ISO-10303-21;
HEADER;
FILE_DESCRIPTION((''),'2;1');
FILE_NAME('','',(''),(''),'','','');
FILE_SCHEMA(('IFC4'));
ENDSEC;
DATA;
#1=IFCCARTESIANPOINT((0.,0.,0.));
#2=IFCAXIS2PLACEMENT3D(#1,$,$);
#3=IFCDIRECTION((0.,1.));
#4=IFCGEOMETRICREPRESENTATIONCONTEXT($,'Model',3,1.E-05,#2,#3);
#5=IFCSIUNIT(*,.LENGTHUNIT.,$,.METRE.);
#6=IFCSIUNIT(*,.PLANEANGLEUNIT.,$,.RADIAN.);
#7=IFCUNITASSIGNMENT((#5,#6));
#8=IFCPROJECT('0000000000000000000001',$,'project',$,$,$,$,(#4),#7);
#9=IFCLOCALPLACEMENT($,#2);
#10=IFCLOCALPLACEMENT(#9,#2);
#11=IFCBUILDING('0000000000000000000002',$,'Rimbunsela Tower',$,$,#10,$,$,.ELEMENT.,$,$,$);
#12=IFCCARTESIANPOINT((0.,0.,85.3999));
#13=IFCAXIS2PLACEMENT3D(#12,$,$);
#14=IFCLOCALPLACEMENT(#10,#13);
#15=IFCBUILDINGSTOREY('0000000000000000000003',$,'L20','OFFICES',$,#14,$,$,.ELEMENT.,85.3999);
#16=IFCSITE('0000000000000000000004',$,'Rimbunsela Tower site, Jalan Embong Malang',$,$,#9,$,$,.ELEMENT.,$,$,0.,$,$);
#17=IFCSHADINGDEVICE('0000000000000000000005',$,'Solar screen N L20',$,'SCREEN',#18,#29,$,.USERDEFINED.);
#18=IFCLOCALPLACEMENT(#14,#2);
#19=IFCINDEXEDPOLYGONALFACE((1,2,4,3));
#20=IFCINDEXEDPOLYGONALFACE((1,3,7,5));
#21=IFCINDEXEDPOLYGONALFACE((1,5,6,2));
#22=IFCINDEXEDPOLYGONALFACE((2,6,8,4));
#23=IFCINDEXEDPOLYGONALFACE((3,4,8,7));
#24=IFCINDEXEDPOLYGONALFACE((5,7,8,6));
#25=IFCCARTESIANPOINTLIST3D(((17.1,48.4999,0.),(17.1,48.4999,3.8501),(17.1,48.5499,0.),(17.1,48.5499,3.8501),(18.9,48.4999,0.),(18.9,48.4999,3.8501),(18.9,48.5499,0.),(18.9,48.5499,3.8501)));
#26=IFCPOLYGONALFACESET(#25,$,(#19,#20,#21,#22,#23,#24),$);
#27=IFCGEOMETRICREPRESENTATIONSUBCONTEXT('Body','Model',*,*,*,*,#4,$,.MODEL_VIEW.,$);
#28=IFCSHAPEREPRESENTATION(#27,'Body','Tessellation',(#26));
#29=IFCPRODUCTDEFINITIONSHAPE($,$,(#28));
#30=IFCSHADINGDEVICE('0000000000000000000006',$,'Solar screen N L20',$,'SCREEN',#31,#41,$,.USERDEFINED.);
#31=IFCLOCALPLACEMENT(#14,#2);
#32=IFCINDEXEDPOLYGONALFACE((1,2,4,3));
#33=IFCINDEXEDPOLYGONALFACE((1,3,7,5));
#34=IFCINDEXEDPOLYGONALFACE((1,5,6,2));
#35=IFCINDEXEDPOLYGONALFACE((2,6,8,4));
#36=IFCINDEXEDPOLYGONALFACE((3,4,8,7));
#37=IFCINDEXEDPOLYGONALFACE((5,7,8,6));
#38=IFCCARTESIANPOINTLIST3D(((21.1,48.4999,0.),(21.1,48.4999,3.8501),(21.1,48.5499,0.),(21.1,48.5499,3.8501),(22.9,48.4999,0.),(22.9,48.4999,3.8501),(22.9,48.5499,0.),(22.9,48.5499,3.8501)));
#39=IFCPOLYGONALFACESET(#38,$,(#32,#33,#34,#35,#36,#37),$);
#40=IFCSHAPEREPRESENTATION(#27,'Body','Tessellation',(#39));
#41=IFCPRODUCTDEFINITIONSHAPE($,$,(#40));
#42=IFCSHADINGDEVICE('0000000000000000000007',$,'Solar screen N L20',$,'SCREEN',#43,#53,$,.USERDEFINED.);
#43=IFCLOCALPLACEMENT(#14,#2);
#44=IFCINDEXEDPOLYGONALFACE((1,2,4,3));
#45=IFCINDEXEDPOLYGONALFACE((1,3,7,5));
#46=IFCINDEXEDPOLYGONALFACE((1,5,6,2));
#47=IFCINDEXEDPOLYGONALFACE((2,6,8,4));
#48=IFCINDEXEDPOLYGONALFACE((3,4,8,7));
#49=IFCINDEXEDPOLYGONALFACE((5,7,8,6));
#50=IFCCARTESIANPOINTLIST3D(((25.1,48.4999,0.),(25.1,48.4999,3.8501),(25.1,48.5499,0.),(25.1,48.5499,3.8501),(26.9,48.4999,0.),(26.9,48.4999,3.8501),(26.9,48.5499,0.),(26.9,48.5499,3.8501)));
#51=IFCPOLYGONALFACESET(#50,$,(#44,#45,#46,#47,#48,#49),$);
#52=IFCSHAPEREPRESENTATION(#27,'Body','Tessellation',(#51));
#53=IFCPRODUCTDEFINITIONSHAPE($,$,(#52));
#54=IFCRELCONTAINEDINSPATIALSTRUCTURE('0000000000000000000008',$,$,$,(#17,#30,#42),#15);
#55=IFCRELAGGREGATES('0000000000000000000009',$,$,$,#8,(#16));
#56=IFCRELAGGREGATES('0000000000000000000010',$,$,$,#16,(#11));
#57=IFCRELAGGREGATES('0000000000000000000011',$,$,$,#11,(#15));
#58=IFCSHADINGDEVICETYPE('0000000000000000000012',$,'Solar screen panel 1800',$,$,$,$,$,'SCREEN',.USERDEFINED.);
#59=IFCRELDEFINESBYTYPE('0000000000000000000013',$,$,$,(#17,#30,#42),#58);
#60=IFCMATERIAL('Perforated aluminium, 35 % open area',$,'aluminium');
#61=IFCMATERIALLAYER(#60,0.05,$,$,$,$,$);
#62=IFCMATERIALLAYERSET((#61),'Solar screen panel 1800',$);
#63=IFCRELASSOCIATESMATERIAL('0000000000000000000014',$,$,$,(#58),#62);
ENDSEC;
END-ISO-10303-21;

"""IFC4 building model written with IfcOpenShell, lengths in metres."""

from ifc_helpers import new_model, si_unit, direction, frame, origin, origin_2d, place, context, subcontext, project, spatial, rectangle, extrude, material, layer, layer_set, type_object, element, save


model = new_model("IFC4")

# Units and contexts
model_context = context("Model", 3, precision=1e-05, world=origin(), true_north=direction((0.0, 1.0)))
body_context = subcontext(model_context, "Body", "Model", "MODEL_VIEW")
ifc_project = project(units=[si_unit("LENGTHUNIT", "METRE"), si_unit("PLANEANGLEUNIT", "RADIAN")], contexts=[model_context])

# Site, building, storey
site_placement = place(None, origin())
site = spatial("IfcSite", under=ifc_project, at=site_placement, Name="Rimbunsela Tower site, Jalan Embong Malang", CompositionType="ELEMENT", RefElevation=0.0)
building_placement = place(site_placement, origin())
building = spatial("IfcBuilding", under=site, at=building_placement, Name="Rimbunsela Tower", CompositionType="ELEMENT")
storey_placement = place(building_placement, frame((0.0, 0.0, 85.3999)))
storey = spatial("IfcBuildingStorey", under=building, at=storey_placement, Name="L20", Description="OFFICES", CompositionType="ELEMENT", Elevation=85.3999)

# Shading devices
ifc_material_1 = material(Name="Perforated aluminium, 35 % open area", Category="aluminium")
ifc_layer_1 = layer(ifc_material_1, 0.05)
ifc_layer_set_1 = layer_set([ifc_layer_1], Name="Solar screen panel 1800")
shading_device_type = type_object("IfcShadingDeviceType", Name="Solar screen panel 1800", ElementType="SCREEN", PredefinedType="USERDEFINED", material=ifc_layer_set_1)
for number, where, z_axis, x_axis, name in (
    (1, (18.0, 48.5249, 0.0), (0.0, 0.0, 1.0), (1.0, 0.0, 0.0), "Solar screen N L20"),
    (2, (22.0, 48.5249, 0.0), (0.0, 0.0, 1.0), (1.0, 0.0, 0.0), "Solar screen N L20"),
    (3, (26.0, 48.5249, 0.0), (0.0, 0.0, 1.0), (1.0, 0.0, 0.0), "Solar screen N L20"),
):
    element("IfcShadingDevice", number, at=place(storey_placement, frame(where, z_axis=z_axis, x_axis=x_axis)), inside=storey, type_object=shading_device_type, Name=name, ObjectType="SCREEN", PredefinedType="USERDEFINED", context=body_context, shape_type="SweptSolid", body=[
        extrude(rectangle(XDim=1.8, YDim=0.05, at=origin_2d()), origin(), (0.0, 0.0, 1.0), 3.8501),
    ])

save(model, "model.ifc")
